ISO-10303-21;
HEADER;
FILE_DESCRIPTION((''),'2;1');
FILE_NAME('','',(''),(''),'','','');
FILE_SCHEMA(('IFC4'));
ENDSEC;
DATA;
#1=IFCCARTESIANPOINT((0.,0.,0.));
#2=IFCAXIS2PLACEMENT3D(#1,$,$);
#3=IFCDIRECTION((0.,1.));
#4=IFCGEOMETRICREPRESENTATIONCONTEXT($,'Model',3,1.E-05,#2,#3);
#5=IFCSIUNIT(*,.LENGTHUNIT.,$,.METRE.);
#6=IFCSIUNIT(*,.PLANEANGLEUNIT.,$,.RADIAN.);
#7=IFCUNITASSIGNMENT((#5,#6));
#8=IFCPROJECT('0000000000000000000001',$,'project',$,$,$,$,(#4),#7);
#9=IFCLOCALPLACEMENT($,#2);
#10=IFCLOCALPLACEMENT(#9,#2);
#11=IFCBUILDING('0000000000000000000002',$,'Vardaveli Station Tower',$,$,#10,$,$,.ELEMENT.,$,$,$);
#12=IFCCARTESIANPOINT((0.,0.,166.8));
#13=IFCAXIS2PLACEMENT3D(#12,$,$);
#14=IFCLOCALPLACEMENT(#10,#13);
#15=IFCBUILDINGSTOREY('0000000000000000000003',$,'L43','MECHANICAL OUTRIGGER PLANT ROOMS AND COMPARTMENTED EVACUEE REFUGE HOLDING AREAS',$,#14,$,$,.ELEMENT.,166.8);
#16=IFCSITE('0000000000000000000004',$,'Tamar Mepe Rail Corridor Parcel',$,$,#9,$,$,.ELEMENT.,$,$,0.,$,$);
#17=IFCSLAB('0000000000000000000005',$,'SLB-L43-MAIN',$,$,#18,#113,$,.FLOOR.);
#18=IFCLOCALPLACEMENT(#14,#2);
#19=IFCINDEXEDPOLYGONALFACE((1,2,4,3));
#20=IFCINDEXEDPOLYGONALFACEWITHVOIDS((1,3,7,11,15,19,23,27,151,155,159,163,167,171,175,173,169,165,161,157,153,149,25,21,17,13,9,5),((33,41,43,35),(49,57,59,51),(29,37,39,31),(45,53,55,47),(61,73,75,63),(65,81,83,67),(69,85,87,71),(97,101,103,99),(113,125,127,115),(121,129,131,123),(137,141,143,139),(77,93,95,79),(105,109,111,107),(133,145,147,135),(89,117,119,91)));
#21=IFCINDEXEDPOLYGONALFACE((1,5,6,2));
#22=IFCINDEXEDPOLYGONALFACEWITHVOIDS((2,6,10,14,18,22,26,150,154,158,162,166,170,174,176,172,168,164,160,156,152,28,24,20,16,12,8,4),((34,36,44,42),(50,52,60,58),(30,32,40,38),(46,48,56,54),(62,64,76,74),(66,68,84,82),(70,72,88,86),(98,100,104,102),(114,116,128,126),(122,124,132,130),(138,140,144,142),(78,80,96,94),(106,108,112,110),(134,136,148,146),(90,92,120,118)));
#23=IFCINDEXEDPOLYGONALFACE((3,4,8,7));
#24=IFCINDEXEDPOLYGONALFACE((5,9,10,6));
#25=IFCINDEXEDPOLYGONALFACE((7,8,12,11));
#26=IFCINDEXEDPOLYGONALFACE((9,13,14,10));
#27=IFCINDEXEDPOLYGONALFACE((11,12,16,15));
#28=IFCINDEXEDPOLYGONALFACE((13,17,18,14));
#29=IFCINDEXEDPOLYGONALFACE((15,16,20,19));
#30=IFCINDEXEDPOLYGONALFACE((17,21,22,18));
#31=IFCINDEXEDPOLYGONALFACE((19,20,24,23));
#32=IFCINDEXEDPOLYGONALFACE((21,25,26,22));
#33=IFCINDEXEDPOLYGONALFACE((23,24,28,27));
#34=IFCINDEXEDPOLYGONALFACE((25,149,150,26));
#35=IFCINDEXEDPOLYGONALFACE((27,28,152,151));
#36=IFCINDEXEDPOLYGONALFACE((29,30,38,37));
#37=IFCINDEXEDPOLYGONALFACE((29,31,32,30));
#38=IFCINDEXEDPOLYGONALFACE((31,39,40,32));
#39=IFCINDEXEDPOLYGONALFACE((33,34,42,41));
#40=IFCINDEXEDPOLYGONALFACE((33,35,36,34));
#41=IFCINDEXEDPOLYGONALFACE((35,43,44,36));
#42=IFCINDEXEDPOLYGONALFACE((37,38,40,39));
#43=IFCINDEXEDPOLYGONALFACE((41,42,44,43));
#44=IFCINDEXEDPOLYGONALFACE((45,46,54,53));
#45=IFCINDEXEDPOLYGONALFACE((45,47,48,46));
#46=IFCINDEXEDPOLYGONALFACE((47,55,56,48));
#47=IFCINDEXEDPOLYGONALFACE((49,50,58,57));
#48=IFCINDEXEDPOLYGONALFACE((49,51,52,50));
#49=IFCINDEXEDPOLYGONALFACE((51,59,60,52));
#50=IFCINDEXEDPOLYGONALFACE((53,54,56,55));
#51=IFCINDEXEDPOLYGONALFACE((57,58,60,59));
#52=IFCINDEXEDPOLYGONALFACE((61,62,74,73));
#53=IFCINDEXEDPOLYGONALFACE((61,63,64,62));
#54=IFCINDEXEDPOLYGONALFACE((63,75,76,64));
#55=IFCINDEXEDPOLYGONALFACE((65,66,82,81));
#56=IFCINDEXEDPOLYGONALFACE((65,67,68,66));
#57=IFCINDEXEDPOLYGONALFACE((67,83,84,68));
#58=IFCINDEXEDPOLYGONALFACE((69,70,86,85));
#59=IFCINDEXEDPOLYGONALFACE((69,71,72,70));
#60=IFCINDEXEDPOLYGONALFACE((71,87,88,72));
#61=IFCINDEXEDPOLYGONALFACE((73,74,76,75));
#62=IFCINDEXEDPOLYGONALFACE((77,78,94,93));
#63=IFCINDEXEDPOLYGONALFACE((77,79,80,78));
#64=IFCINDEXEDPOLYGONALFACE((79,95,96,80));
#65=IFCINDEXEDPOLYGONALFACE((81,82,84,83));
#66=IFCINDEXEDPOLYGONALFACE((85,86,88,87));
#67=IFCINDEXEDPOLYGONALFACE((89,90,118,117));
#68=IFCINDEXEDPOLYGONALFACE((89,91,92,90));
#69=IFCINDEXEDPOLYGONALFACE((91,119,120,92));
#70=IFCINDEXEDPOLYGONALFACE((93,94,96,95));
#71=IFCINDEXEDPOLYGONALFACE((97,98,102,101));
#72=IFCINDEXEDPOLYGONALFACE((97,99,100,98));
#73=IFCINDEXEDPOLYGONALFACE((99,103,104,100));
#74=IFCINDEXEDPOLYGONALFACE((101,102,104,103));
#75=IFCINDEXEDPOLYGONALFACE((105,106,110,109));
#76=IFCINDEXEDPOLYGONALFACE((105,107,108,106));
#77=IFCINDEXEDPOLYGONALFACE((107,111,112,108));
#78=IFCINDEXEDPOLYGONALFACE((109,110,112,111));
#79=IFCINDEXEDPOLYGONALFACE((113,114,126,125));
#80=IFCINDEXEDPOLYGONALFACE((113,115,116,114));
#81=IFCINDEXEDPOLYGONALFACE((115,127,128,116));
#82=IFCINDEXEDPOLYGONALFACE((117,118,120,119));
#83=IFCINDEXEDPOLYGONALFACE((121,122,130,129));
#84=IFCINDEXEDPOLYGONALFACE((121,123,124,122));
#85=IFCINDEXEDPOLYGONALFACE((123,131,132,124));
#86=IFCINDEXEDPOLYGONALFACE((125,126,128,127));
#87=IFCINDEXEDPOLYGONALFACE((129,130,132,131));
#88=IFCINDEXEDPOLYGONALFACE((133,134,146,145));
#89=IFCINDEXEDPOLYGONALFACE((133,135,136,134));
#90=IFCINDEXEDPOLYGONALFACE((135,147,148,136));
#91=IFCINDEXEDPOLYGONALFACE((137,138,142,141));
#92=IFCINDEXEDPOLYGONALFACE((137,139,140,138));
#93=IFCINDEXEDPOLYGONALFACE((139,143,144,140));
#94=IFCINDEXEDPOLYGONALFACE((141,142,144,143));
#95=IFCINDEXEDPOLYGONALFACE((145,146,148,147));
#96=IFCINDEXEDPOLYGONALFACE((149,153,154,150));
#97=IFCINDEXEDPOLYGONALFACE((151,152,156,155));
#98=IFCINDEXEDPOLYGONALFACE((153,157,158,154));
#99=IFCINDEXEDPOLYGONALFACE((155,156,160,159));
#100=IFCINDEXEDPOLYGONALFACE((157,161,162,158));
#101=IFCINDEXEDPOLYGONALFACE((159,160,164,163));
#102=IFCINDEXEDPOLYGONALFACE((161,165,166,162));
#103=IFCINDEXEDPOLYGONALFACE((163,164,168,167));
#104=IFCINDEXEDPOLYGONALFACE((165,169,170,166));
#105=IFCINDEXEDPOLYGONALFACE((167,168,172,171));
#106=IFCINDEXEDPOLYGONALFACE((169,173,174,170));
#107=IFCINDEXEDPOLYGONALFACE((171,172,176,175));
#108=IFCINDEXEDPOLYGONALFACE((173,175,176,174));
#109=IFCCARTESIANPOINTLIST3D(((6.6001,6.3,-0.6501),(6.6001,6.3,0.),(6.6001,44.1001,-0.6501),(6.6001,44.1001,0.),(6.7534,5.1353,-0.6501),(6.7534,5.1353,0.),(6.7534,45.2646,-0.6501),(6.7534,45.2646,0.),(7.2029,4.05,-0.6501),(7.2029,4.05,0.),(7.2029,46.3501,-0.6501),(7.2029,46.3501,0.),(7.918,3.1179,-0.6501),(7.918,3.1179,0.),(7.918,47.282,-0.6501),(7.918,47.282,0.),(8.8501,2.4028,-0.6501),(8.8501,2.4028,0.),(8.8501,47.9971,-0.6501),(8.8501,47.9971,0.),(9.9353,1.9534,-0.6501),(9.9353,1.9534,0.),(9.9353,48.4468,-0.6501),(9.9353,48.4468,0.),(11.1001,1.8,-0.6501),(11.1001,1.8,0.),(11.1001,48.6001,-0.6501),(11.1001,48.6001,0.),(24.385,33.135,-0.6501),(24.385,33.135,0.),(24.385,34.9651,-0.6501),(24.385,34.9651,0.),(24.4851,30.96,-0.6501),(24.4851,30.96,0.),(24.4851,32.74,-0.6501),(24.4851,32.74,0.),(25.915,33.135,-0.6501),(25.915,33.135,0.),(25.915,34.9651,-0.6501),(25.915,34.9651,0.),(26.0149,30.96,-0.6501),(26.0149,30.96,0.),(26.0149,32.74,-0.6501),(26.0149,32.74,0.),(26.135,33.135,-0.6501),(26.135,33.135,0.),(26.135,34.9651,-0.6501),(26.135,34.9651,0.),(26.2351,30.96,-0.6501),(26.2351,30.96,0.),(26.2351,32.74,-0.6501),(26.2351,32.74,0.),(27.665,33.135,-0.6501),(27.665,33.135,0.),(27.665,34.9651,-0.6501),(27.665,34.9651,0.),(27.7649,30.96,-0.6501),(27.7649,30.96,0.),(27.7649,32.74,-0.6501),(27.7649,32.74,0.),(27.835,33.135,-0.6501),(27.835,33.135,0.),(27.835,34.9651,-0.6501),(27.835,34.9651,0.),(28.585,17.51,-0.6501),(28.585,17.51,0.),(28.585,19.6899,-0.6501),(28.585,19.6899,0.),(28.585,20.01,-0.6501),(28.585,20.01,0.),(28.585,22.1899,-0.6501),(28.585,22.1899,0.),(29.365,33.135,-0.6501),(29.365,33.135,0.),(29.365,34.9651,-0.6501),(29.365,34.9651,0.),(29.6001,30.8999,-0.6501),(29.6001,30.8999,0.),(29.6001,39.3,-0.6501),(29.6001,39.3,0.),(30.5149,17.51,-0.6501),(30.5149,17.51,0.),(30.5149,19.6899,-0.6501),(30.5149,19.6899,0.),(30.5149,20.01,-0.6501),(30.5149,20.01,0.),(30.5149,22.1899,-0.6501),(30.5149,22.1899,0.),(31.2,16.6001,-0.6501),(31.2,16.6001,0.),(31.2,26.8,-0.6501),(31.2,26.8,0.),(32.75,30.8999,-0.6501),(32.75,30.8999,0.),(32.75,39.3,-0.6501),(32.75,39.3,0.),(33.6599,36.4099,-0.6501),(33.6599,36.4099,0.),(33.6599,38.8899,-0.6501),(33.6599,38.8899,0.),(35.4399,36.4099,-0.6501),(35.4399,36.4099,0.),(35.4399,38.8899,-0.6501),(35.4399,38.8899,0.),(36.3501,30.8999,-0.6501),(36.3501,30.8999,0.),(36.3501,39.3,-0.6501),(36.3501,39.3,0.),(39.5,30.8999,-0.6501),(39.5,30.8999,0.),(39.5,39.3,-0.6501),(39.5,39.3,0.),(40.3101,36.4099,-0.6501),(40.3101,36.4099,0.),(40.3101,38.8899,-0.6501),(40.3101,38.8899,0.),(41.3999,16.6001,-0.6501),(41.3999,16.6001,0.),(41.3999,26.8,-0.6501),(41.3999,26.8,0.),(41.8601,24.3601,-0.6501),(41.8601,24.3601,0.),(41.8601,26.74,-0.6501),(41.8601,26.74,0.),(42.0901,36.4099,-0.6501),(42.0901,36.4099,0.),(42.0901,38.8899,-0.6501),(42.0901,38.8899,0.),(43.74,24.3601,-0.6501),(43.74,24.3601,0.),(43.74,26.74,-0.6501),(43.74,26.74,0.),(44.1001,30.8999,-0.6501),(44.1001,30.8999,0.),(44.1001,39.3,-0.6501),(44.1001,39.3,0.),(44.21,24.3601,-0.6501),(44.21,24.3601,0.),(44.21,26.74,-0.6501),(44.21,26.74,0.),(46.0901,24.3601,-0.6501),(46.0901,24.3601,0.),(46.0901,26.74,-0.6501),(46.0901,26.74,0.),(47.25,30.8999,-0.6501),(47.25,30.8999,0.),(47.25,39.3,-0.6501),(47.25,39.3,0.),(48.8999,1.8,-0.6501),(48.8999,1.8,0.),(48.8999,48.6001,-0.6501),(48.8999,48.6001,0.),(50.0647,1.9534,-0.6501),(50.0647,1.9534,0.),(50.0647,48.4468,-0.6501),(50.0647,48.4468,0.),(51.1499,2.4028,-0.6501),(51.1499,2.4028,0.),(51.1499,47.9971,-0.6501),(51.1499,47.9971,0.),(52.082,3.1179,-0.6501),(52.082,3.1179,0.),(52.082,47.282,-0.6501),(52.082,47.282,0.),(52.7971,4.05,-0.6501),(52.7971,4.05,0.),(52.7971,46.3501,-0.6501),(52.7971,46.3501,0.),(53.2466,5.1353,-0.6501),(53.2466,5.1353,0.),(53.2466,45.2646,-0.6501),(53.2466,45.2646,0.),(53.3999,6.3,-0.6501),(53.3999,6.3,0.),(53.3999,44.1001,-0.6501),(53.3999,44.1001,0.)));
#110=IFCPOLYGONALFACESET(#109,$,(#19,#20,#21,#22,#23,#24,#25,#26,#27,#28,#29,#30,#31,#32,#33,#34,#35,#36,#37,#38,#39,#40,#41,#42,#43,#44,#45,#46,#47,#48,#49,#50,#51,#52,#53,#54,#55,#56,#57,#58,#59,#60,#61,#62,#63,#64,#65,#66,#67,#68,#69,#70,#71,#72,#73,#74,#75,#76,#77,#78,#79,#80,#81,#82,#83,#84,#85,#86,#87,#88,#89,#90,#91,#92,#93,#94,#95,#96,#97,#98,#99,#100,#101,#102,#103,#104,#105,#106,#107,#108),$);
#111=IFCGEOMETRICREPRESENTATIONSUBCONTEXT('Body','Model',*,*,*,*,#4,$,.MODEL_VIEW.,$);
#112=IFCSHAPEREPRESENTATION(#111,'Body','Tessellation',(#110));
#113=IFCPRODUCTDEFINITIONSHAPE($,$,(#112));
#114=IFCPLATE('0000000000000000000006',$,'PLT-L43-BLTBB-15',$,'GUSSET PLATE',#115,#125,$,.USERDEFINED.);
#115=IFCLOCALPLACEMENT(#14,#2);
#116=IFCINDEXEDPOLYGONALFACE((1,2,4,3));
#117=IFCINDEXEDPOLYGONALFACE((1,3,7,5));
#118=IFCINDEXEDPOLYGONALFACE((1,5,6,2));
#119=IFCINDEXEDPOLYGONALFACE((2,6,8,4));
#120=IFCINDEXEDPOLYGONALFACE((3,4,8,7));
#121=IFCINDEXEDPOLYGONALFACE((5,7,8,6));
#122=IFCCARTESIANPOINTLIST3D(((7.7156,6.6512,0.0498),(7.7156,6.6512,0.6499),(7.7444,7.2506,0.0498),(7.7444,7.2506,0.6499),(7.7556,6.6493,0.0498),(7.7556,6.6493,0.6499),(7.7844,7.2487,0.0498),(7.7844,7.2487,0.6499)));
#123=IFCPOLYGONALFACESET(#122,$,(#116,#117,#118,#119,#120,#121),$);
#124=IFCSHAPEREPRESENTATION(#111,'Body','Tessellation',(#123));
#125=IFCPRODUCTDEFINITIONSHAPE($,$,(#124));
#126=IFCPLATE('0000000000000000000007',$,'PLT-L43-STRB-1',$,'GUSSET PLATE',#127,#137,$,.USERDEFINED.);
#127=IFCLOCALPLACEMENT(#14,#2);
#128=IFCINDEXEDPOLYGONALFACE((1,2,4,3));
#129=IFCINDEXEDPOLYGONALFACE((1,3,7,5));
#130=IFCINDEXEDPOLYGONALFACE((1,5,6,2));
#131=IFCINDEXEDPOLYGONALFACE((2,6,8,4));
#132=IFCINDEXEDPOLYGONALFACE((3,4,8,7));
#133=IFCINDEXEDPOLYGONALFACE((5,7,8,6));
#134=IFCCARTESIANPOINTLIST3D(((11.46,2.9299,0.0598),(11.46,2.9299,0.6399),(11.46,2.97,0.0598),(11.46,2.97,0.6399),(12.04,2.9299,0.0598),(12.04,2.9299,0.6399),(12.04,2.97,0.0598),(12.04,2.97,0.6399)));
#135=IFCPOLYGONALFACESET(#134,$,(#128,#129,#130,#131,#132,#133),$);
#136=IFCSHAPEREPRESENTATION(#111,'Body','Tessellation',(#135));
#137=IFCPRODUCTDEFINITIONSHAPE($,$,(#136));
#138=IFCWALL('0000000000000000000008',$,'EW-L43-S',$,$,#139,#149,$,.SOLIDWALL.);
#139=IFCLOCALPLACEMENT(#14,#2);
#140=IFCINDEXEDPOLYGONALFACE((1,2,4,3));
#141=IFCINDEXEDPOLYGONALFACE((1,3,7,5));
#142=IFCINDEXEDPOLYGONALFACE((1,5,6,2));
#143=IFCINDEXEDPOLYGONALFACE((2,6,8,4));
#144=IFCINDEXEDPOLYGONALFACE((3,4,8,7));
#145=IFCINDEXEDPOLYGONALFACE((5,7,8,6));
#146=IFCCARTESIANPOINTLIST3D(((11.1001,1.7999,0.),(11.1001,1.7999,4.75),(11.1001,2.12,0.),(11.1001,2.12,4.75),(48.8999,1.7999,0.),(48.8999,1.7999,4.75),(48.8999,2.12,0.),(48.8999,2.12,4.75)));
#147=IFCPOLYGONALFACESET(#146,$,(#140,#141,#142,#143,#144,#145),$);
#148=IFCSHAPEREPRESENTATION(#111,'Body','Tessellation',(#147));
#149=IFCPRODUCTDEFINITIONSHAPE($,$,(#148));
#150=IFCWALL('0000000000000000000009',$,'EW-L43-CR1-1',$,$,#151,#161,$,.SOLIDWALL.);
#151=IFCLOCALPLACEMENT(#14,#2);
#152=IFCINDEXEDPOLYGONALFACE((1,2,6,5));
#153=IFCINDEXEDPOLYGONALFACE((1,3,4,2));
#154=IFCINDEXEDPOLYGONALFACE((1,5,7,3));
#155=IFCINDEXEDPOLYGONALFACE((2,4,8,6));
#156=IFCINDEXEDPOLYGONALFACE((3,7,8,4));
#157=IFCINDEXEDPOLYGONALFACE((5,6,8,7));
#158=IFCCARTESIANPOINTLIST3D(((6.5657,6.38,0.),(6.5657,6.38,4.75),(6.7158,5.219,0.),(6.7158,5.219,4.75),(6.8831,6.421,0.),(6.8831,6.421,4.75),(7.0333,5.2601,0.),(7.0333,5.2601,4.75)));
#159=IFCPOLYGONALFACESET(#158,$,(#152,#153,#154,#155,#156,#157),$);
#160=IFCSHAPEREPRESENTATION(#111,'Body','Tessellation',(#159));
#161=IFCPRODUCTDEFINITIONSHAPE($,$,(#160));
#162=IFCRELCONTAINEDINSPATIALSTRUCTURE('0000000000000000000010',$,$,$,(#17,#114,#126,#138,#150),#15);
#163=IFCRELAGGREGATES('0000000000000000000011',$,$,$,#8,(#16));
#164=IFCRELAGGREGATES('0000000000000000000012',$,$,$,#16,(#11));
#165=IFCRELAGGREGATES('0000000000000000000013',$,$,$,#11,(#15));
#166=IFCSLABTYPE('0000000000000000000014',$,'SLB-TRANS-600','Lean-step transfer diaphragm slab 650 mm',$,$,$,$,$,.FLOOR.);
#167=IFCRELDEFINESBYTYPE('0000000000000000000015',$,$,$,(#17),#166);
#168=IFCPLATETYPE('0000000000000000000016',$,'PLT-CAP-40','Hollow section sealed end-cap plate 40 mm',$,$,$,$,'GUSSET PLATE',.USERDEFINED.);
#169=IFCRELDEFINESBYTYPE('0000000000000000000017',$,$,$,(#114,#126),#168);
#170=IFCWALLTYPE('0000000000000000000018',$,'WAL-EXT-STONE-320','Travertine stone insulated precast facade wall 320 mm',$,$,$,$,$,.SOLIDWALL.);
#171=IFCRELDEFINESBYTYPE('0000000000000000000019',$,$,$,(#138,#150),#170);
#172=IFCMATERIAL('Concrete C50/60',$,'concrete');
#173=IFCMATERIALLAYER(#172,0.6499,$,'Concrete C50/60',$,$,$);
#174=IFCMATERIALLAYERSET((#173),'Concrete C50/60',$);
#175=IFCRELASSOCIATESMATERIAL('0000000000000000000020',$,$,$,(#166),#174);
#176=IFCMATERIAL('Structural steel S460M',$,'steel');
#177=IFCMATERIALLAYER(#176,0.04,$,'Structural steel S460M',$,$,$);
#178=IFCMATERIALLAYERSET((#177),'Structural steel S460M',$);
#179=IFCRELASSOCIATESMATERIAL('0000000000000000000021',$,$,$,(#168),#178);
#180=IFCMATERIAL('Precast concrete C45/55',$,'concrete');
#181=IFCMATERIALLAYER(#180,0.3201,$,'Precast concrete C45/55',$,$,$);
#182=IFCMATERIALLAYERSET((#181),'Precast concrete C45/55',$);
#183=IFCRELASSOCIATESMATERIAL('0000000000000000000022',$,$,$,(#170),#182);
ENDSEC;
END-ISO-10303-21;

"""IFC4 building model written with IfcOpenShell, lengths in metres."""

from ifc_helpers import new_model, si_unit, direction, frame, frame_2d, origin, origin_2d, place, context, subcontext, project, spatial, polyline, rectangle, outline, extrude, source, transform, mapped, material, layer, layer_set, type_object, element, save


model = new_model("IFC4")

# Units and contexts
model_context = context("Model", 3, precision=1e-05, world=origin(), true_north=direction((0.0, 1.0)))
body_context = subcontext(model_context, "Body", "Model", "MODEL_VIEW")
ifc_project = project(units=[si_unit("LENGTHUNIT", "METRE"), si_unit("PLANEANGLEUNIT", "RADIAN")], contexts=[model_context])

# Site, building, storey
site_placement = place(None, origin())
site = spatial("IfcSite", under=ifc_project, at=site_placement, Name="Tamar Mepe Rail Corridor Parcel", CompositionType="ELEMENT", RefElevation=0.0)
building_placement = place(site_placement, origin())
building = spatial("IfcBuilding", under=site, at=building_placement, Name="Vardaveli Station Tower", CompositionType="ELEMENT")
storey_placement = place(building_placement, frame((0.0, 0.0, 166.8)))
storey = spatial("IfcBuildingStorey", under=building, at=storey_placement, Name="L43", Description="MECHANICAL OUTRIGGER PLANT ROOMS AND COMPARTMENTED EVACUEE REFUGE HOLDING AREAS", CompositionType="ELEMENT", Elevation=166.8)

# Shared definitions
ifc_material_1 = material(Name="Structural steel S460M", Category="steel")

# Slab
ifc_material_2 = material(Name="Concrete C50/60", Category="concrete")
ifc_layer_1 = layer(ifc_material_2, 0.6499, Name="Concrete C50/60")
ifc_layer_set_1 = layer_set([ifc_layer_1], Name="Concrete C50/60")
slab_type_1 = type_object("IfcSlabType", Name="SLB-TRANS-600", Description="Lean-step transfer diaphragm slab 650 mm", PredefinedType="FLOOR", material=ifc_layer_set_1)
slab_1_placement = place(storey_placement, frame((0.0, 0.0, -0.6501)))
element("IfcSlab", 1, at=slab_1_placement, inside=storey, type_object=slab_type_1, Name="SLB-L43-MAIN", PredefinedType="FLOOR", context=body_context, shape_type="SweptSolid", body=[
    extrude(outline(polyline([(6.6001, 6.3), (6.7534, 5.1353), (7.2029, 4.05), (7.918, 3.1179), (8.8501, 2.4028), (9.9353, 1.9534), (11.1001, 1.8), (48.8999, 1.8), (50.0647, 1.9534), (51.1499, 2.4028), (52.082, 3.1179), (52.7971, 4.05), (53.2466, 5.1353), (53.3999, 6.3), (53.3999, 44.1001), (53.2466, 45.2646), (52.7971, 46.3501), (52.082, 47.282), (51.1499, 47.9971), (50.0647, 48.4468), (48.8999, 48.6001), (11.1001, 48.6001), (9.9353, 48.4468), (8.8501, 47.9971), (7.918, 47.282), (7.2029, 46.3501), (6.7534, 45.2646), (6.6001, 44.1001), (6.6001, 6.3)]), holes=[polyline([(31.2, 16.6001), (41.3999, 16.6001), (41.3999, 26.8), (31.2, 26.8), (31.2, 16.6001)]), polyline([(32.75, 30.8999), (32.75, 39.3), (29.6001, 39.3), (29.6001, 30.8999), (32.75, 30.8999)]), polyline([(39.5, 30.8999), (39.5, 39.3), (36.3501, 39.3), (36.3501, 30.8999), (39.5, 30.8999)]), polyline([(47.25, 30.8999), (47.25, 39.3), (44.1001, 39.3), (44.1001, 30.8999), (47.25, 30.8999)]), polyline([(24.385, 33.135), (25.915, 33.135), (25.915, 34.9651), (24.385, 34.9651), (24.385, 33.135)]), polyline([(26.135, 33.135), (27.665, 33.135), (27.665, 34.9651), (26.135, 34.9651), (26.135, 33.135)]), polyline([(27.835, 33.135), (29.365, 33.135), (29.365, 34.9651), (27.835, 34.9651), (27.835, 33.135)]), polyline([(33.6599, 36.4099), (35.4399, 36.4099), (35.4399, 38.8899), (33.6599, 38.8899), (33.6599, 36.4099)]), polyline([(40.3101, 36.4099), (42.0901, 36.4099), (42.0901, 38.8899), (40.3101, 38.8899), (40.3101, 36.4099)]), polyline([(24.4851, 30.96), (26.0149, 30.96), (26.0149, 32.74), (24.4851, 32.74), (24.4851, 30.96)]), polyline([(26.2351, 30.96), (27.7649, 30.96), (27.7649, 32.74), (26.2351, 32.74), (26.2351, 30.96)]), polyline([(28.585, 17.51), (30.5149, 17.51), (30.5149, 19.6899), (28.585, 19.6899), (28.585, 17.51)]), polyline([(28.585, 20.01), (30.5149, 20.01), (30.5149, 22.1899), (28.585, 22.1899), (28.585, 20.01)]), polyline([(41.8601, 24.3601), (43.74, 24.3601), (43.74, 26.74), (41.8601, 26.74), (41.8601, 24.3601)]), polyline([(44.21, 24.3601), (46.0901, 24.3601), (46.0901, 26.74), (44.21, 26.74), (44.21, 24.3601)])]), origin(), (0.0, 0.0, 1.0), 0.6501),
])

# Plates
ifc_layer_2 = layer(ifc_material_1, 0.04, Name="Structural steel S460M")
ifc_layer_set_2 = layer_set([ifc_layer_2], Name="Structural steel S460M")
plate_type = type_object("IfcPlateType", Name="PLT-CAP-40", Description="Hollow section sealed end-cap plate 40 mm", ElementType="GUSSET PLATE", PredefinedType="USERDEFINED", material=ifc_layer_set_2)
shared_shape_1 = source(origin(), body_context, "Body", "SweptSolid", [
    extrude(rectangle(XDim=0.6001, YDim=0.04, at=origin_2d()), origin(), (0.0, 0.0, 1.0), 0.6001),
])
plate_1_placement = place(storey_placement, frame((7.75, 6.95, 0.0498), z_axis=(0.0, 0.0, 1.0), x_axis=(-0.047978, -0.998848, 0.0)))
element("IfcPlate", 2, at=plate_1_placement, inside=storey, type_object=plate_type, Name="PLT-L43-BLTBB-15", ObjectType="GUSSET PLATE", PredefinedType="USERDEFINED", context=body_context, shape_type="MappedRepresentation", body=[
    mapped(shared_shape_1, transform((0.0, 0.0, 0.0), scale=1.0)),
])
shared_shape_2 = source(origin(), body_context, "Body", "SweptSolid", [
    extrude(rectangle(XDim=0.5801, YDim=0.04, at=origin_2d()), origin(), (0.0, 0.0, 1.0), 0.5801),
])
plate_2_placement = place(storey_placement, frame((11.75, 2.95, 0.0598), z_axis=(0.0, 0.0, 1.0), x_axis=(1.0, 0.0, 0.0)))
element("IfcPlate", 3, at=plate_2_placement, inside=storey, type_object=plate_type, Name="PLT-L43-STRB-1", ObjectType="GUSSET PLATE", PredefinedType="USERDEFINED", context=body_context, shape_type="MappedRepresentation", body=[
    mapped(shared_shape_2, transform((0.0, 0.0, 0.0), scale=1.0)),
])

# Walls
ifc_material_3 = material(Name="Precast concrete C45/55", Category="concrete")
ifc_layer_3 = layer(ifc_material_3, 0.3201, Name="Precast concrete C45/55")
ifc_layer_set_3 = layer_set([ifc_layer_3], Name="Precast concrete C45/55")
wall_type_1 = type_object("IfcWallType", Name="WAL-EXT-STONE-320", Description="Travertine stone insulated precast facade wall 320 mm", PredefinedType="SOLIDWALL", material=ifc_layer_set_3)
shared_shape_3 = source(origin(), body_context, "Body", "SweptSolid", [
    extrude(rectangle(XDim=37.7998, YDim=0.3201, at=frame_2d((18.8999, 0.0))), origin(), (0.0, 0.0, 1.0), 4.75),
])
wall_1_placement = place(storey_placement, frame((11.1001, 1.96, 0.0), z_axis=(0.0, 0.0, 1.0), x_axis=(1.0, 0.0, 0.0)))
element("IfcWall", 4, at=wall_1_placement, inside=storey, type_object=wall_type_1, Name="EW-L43-S", PredefinedType="SOLIDWALL", context=body_context, shape_type="MappedRepresentation", body=[
    mapped(shared_shape_3, transform((0.0, 0.0, 0.0), scale=1.0)),
])
shared_shape_4 = source(origin(), body_context, "Body", "SweptSolid", [
    extrude(rectangle(XDim=1.1707, YDim=0.3201, at=frame_2d((0.5854, 0.0))), origin(), (0.0, 0.0, 1.0), 4.75),
])
wall_2_placement = place(storey_placement, frame((6.7244, 6.4006, 0.0), z_axis=(0.0, 0.0, 1.0), x_axis=(0.128269, -0.991739, 0.0)))
element("IfcWall", 5, at=wall_2_placement, inside=storey, type_object=wall_type_1, Name="EW-L43-CR1-1", PredefinedType="SOLIDWALL", context=body_context, shape_type="MappedRepresentation", body=[
    mapped(shared_shape_4, transform((0.0, 0.0, 0.0), scale=1.0)),
])

save(model, "model.ifc")
